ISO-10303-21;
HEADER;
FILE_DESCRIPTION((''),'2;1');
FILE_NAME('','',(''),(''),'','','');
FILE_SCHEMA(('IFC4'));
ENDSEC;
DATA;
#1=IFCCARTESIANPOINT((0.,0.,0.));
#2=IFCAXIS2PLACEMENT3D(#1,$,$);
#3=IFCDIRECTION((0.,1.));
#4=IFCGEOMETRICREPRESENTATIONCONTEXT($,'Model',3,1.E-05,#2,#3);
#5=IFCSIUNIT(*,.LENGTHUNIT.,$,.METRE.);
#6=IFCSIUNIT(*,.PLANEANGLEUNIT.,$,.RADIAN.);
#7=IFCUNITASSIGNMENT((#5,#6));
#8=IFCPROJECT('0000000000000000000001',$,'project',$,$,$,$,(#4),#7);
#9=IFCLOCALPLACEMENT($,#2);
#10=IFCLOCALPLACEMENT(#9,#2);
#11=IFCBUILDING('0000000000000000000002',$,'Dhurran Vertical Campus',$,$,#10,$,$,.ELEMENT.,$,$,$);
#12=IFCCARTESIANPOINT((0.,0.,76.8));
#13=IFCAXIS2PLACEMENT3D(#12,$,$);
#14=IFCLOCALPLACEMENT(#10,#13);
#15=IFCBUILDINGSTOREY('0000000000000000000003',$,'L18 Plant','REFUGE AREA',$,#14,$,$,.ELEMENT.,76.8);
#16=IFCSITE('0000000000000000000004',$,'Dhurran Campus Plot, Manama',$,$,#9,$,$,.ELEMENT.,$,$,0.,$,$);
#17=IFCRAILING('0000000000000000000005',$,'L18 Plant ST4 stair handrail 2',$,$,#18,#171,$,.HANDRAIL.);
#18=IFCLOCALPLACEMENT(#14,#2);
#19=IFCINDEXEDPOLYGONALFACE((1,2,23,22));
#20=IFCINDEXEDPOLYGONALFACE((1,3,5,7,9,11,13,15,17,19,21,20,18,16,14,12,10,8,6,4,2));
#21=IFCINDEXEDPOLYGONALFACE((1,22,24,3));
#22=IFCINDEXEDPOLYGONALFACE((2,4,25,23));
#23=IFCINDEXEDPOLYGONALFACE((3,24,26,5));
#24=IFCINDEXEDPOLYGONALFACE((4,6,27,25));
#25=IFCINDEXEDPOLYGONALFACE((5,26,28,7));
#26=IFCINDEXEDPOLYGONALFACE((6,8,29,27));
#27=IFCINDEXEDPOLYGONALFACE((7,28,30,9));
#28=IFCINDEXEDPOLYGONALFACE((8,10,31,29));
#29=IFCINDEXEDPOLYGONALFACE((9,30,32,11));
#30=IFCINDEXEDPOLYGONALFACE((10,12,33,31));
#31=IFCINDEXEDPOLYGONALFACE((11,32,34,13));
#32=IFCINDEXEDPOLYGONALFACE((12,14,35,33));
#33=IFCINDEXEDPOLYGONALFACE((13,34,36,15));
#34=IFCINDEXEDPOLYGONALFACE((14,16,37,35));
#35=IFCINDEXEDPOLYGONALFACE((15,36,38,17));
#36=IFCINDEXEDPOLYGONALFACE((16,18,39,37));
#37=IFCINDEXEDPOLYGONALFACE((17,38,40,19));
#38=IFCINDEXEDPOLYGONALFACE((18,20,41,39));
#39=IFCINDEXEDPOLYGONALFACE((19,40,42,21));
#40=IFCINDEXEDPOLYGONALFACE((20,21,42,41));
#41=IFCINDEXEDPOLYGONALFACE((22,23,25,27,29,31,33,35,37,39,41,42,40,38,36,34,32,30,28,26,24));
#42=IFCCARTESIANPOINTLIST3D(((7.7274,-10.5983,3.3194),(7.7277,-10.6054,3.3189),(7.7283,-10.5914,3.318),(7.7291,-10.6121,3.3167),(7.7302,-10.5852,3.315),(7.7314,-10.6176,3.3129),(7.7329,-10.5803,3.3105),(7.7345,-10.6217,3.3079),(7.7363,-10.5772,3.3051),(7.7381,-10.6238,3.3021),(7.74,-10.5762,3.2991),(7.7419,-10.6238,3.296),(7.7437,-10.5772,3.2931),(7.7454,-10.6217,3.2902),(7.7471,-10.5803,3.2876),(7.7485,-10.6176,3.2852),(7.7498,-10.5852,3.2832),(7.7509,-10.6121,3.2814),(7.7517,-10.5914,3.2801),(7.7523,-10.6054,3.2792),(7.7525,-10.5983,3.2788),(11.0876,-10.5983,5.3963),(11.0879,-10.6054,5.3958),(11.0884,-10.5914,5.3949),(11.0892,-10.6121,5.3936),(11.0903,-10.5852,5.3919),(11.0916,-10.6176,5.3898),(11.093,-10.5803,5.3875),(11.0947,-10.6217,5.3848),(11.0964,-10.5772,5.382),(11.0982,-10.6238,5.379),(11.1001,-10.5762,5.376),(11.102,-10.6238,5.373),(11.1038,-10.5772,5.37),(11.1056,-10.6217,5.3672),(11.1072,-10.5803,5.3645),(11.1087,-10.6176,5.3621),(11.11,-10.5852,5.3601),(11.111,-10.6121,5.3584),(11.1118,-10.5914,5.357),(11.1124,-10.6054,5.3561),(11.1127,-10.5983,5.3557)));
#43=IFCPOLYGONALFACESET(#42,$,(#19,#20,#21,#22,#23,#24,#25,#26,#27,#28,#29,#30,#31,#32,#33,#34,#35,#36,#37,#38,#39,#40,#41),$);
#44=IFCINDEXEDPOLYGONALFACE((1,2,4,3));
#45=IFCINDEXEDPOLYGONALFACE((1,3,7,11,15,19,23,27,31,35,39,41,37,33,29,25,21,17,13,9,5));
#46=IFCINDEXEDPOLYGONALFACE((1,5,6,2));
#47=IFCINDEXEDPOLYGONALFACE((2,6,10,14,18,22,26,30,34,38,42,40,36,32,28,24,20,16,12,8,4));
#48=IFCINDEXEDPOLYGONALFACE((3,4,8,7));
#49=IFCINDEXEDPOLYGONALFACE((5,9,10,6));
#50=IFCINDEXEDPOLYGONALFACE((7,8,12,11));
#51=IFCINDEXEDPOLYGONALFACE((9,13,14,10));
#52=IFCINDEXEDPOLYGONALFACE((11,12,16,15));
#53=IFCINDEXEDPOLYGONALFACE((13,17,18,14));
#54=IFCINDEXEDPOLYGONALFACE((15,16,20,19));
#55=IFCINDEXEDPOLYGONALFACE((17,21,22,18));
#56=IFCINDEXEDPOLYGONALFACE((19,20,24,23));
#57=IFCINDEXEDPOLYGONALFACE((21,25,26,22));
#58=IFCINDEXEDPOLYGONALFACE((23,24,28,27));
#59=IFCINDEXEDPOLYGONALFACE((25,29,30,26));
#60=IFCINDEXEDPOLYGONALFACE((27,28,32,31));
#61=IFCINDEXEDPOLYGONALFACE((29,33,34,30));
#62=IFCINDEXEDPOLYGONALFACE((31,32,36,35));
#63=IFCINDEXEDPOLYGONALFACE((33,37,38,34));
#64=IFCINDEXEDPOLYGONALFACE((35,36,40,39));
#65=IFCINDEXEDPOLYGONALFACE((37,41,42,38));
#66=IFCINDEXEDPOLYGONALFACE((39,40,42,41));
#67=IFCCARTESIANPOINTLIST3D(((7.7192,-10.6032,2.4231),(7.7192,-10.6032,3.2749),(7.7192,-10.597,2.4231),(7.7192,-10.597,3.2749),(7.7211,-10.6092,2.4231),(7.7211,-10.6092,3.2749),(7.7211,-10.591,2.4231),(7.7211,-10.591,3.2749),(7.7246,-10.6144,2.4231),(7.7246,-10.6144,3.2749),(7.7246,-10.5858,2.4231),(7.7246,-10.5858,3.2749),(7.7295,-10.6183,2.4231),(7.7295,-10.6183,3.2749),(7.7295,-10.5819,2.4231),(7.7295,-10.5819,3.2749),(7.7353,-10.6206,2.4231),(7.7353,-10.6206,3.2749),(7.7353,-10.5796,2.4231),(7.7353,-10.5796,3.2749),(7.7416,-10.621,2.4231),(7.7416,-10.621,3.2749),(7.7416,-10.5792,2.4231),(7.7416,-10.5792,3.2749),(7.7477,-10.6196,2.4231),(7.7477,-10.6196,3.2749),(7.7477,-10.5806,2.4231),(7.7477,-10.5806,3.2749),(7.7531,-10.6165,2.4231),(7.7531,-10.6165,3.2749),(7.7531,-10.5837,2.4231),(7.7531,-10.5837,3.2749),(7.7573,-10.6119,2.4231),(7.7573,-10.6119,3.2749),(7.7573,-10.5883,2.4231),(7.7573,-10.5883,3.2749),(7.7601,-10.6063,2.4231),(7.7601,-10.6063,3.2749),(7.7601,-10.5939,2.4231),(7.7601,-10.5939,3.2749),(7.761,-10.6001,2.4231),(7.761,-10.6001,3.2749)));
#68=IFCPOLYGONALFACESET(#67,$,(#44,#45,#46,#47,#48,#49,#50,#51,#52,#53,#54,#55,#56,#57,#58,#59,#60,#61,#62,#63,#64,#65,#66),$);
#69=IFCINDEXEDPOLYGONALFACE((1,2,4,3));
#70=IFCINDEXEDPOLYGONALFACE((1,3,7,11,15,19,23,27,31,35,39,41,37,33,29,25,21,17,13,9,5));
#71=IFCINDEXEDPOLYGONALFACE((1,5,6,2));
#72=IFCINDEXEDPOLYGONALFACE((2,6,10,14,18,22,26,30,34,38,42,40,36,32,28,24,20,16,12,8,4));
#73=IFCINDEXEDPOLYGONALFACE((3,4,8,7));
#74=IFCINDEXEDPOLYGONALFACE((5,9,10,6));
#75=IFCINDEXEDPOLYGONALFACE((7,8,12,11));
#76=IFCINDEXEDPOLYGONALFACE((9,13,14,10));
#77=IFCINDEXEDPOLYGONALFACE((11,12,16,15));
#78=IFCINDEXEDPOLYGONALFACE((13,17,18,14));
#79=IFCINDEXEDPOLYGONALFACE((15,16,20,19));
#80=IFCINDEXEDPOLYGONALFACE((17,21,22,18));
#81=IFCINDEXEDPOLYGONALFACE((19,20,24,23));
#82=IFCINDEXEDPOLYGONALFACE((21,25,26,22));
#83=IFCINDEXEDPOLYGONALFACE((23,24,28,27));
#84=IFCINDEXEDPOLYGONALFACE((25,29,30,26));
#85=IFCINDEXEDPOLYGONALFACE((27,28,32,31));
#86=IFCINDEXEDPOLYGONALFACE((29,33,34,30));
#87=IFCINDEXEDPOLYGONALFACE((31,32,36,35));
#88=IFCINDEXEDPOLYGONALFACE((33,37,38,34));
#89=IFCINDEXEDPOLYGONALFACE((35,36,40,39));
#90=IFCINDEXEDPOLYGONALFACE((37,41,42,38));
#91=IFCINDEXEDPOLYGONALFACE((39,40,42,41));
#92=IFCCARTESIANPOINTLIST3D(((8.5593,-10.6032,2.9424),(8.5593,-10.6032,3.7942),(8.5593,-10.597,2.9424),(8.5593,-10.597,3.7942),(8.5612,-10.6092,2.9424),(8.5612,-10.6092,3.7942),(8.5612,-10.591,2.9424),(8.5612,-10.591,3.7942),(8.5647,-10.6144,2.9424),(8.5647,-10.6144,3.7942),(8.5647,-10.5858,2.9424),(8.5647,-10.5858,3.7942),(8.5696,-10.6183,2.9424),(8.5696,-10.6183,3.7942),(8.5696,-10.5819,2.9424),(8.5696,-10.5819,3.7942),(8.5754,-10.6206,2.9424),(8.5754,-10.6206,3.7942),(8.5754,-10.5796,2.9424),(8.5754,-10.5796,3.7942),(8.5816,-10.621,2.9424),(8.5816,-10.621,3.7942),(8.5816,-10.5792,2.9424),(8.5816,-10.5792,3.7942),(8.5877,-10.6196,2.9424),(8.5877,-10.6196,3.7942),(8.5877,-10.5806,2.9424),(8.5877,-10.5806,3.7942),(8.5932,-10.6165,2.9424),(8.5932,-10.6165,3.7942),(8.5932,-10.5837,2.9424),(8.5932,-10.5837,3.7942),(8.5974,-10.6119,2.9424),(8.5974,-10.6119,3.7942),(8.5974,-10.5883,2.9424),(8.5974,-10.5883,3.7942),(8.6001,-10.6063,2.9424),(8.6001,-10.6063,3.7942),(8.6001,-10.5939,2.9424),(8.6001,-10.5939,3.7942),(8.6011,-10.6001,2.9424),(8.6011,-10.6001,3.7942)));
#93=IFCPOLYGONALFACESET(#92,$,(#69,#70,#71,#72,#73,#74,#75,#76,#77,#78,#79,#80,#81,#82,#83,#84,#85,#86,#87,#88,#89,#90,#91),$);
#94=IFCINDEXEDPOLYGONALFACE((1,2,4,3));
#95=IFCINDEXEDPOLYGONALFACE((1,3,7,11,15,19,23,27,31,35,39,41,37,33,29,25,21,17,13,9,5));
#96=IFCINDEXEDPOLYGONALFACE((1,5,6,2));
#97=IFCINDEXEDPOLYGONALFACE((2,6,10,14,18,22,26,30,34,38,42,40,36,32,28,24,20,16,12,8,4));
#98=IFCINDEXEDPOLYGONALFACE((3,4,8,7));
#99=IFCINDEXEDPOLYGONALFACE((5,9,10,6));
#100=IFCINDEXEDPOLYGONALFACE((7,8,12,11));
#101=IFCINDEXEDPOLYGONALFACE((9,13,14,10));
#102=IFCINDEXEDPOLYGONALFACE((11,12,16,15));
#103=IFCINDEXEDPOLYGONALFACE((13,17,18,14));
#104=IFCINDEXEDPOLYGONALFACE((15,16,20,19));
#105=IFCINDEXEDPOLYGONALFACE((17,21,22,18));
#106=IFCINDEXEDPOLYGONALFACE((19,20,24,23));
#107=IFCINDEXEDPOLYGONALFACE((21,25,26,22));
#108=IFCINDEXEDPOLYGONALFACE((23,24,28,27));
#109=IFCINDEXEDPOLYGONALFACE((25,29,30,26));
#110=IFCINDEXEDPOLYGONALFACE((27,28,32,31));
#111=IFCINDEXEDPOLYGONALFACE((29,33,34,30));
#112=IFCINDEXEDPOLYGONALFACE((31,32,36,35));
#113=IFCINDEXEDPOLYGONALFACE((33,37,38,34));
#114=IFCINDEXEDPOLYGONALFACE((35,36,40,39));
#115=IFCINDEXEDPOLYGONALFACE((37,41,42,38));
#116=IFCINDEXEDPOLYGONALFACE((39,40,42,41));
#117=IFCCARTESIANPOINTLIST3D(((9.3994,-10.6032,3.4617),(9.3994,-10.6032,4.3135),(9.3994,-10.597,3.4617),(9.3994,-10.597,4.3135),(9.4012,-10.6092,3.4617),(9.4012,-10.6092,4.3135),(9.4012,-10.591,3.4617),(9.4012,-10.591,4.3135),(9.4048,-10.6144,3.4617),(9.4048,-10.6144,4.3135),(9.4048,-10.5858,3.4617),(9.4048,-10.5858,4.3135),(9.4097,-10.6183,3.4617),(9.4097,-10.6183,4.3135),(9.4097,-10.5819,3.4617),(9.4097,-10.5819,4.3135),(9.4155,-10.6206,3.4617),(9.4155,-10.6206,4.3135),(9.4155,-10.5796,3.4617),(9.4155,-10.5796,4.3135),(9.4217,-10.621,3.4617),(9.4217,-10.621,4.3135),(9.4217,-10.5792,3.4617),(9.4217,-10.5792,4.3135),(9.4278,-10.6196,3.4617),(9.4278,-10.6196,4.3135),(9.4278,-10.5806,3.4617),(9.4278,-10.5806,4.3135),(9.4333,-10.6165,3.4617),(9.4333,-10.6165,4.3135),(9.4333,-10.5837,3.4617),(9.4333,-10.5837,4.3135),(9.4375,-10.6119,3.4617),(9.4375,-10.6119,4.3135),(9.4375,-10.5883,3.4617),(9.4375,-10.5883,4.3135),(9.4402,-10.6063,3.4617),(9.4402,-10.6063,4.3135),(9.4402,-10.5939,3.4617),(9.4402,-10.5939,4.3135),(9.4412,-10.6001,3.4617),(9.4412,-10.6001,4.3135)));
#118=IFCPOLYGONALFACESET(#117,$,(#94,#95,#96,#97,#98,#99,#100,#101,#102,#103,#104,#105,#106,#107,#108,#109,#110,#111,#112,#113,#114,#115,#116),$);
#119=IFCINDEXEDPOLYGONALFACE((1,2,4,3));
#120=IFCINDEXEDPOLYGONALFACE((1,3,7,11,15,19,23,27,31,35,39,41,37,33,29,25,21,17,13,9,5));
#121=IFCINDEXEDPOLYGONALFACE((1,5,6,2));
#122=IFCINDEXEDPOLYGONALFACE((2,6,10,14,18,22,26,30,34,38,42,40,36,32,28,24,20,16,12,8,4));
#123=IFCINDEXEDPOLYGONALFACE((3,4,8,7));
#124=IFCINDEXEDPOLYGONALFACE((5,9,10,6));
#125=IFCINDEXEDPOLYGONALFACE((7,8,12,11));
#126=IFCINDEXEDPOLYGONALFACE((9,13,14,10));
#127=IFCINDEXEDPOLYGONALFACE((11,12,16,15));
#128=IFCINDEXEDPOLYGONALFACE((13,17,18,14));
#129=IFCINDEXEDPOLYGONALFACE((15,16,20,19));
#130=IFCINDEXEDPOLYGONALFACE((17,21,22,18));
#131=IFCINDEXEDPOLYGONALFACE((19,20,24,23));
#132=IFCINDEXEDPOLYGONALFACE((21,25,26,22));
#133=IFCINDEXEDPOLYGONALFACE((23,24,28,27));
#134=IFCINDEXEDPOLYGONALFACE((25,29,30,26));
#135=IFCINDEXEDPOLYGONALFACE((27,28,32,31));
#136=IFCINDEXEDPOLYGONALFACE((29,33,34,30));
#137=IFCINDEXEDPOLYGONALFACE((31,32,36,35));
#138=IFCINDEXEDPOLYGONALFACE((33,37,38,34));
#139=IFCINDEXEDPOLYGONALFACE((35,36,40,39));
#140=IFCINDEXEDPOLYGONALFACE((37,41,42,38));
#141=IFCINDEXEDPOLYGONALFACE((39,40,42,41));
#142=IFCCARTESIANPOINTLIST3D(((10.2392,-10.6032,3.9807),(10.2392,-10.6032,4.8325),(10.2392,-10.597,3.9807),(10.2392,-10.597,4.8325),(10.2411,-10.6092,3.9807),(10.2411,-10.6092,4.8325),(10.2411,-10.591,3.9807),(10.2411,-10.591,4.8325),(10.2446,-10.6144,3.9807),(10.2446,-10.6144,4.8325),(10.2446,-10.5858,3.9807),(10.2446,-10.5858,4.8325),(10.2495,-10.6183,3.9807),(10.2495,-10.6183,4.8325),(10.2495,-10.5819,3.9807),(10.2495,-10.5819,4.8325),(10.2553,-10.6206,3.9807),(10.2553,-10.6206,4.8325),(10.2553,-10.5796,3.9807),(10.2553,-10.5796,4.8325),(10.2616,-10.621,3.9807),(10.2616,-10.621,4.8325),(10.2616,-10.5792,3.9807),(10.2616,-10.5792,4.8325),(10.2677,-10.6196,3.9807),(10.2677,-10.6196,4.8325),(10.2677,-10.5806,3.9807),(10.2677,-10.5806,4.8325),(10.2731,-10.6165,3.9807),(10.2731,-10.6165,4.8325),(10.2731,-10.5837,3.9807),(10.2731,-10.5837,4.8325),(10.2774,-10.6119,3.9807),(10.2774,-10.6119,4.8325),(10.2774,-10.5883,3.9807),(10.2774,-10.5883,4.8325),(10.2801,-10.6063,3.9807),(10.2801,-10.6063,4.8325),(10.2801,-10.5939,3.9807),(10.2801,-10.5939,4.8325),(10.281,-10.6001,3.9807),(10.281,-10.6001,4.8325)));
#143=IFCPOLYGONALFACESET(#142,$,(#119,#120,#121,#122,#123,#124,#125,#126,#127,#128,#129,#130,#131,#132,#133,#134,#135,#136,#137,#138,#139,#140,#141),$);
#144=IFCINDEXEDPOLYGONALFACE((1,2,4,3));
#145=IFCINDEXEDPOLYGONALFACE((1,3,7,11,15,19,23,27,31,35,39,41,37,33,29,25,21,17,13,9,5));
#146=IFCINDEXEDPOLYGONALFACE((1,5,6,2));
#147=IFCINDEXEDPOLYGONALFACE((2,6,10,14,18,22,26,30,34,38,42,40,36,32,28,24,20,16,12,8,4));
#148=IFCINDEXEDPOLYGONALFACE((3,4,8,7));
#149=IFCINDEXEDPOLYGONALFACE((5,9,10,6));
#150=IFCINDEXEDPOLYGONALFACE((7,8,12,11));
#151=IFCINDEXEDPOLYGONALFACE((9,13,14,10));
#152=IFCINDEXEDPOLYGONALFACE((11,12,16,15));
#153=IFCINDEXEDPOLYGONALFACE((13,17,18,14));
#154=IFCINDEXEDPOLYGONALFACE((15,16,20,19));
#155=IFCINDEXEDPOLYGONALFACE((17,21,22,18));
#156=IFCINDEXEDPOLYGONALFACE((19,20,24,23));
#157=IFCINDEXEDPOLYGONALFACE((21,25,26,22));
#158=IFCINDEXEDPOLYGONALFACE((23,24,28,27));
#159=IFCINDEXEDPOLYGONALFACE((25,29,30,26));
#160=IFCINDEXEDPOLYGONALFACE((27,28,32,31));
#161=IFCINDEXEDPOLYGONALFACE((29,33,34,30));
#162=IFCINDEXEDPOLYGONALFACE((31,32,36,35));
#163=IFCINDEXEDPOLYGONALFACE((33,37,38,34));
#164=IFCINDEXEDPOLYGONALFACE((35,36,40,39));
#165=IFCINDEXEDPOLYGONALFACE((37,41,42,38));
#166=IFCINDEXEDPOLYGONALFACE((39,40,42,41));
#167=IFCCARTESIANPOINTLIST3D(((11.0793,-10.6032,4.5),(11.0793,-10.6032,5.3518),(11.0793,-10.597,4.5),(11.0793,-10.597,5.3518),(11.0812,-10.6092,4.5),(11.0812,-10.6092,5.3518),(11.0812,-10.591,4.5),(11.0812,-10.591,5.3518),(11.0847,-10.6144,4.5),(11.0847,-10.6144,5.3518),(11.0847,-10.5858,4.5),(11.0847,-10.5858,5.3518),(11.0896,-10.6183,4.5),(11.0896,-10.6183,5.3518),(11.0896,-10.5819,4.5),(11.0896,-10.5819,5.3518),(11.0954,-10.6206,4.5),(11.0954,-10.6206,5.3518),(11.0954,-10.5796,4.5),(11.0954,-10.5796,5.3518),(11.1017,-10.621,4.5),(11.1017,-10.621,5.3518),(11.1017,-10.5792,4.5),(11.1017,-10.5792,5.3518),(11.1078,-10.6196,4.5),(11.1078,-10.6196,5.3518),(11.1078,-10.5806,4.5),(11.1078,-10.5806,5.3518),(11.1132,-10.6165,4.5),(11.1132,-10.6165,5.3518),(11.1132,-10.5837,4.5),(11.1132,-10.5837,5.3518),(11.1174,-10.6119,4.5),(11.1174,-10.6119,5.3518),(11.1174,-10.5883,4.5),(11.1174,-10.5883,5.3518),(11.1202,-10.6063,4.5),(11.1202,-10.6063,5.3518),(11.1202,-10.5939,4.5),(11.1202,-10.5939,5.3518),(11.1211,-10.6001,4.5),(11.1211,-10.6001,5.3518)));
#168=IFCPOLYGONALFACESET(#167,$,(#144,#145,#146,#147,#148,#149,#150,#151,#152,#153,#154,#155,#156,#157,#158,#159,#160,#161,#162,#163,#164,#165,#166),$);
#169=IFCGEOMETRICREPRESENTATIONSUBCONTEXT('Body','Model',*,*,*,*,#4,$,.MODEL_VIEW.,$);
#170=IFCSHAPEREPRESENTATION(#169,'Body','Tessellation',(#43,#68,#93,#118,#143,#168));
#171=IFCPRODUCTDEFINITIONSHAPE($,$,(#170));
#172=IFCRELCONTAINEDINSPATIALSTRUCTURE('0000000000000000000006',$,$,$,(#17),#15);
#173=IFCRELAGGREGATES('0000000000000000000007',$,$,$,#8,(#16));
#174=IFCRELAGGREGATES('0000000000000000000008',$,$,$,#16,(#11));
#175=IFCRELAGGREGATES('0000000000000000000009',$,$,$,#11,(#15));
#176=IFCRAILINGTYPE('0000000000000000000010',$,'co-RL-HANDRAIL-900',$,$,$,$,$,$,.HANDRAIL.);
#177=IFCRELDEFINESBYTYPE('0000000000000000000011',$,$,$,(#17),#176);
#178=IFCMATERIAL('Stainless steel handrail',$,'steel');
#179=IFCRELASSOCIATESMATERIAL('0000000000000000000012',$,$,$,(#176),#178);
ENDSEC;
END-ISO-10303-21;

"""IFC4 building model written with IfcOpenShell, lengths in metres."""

from ifc_helpers import new_model, si_unit, direction, frame, origin, origin_2d, place, context, subcontext, project, spatial, circle, extrude, material, type_object, element, save


model = new_model("IFC4")

# Units and contexts
model_context = context("Model", 3, precision=1e-05, world=origin(), true_north=direction((0.0, 1.0)))
body_context = subcontext(model_context, "Body", "Model", "MODEL_VIEW")
ifc_project = project(units=[si_unit("LENGTHUNIT", "METRE"), si_unit("PLANEANGLEUNIT", "RADIAN")], contexts=[model_context])

# Site, building, storey
site_placement = place(None, origin())
site = spatial("IfcSite", under=ifc_project, at=site_placement, Name="Dhurran Campus Plot, Manama", CompositionType="ELEMENT", RefElevation=0.0)
building_placement = place(site_placement, origin())
building = spatial("IfcBuilding", under=site, at=building_placement, Name="Dhurran Vertical Campus", CompositionType="ELEMENT")
storey_placement = place(building_placement, frame((0.0, 0.0, 76.8)))
storey = spatial("IfcBuildingStorey", under=building, at=storey_placement, Name="L18 Plant", Description="REFUGE AREA", CompositionType="ELEMENT", Elevation=76.8)

# Railing
ifc_material_1 = material(Name="Stainless steel handrail", Category="steel")
railing_type_1 = type_object("IfcRailingType", Name="co-RL-HANDRAIL-900", PredefinedType="HANDRAIL", material=ifc_material_1)
railing_1_placement = place(storey_placement, frame((7.74, -10.6001, 2.4231)))
element("IfcRailing", 1, at=railing_1_placement, inside=storey, type_object=railing_type_1, Name="L18 Plant ST4 stair handrail 2", PredefinedType="HANDRAIL", context=body_context, shape_type="SweptSolid", body=[
    extrude(circle(Radius=0.0239, at=origin_2d()), frame((0.0, 0.0, 0.876), z_axis=(0.850623, 0.0, 0.525776), x_axis=(0.0, 1.0, 0.0)), (0.0, 0.0, 1.0), 3.9502),
    extrude(circle(Radius=0.021, at=origin_2d()), origin(), (0.0, 0.0, 1.0), 0.8518),
    extrude(circle(Radius=0.021, at=origin_2d()), frame((0.8401, 0.0, 0.5193)), (0.0, 0.0, 1.0), 0.8518),
    extrude(circle(Radius=0.021, at=origin_2d()), frame((1.6802, 0.0, 1.0386)), (0.0, 0.0, 1.0), 0.8518),
    extrude(circle(Radius=0.021, at=origin_2d()), frame((2.52, 0.0, 1.5576)), (0.0, 0.0, 1.0), 0.8518),
    extrude(circle(Radius=0.021, at=origin_2d()), frame((3.3601, 0.0, 2.0769)), (0.0, 0.0, 1.0), 0.8518),
])

save(model, "model.ifc")
